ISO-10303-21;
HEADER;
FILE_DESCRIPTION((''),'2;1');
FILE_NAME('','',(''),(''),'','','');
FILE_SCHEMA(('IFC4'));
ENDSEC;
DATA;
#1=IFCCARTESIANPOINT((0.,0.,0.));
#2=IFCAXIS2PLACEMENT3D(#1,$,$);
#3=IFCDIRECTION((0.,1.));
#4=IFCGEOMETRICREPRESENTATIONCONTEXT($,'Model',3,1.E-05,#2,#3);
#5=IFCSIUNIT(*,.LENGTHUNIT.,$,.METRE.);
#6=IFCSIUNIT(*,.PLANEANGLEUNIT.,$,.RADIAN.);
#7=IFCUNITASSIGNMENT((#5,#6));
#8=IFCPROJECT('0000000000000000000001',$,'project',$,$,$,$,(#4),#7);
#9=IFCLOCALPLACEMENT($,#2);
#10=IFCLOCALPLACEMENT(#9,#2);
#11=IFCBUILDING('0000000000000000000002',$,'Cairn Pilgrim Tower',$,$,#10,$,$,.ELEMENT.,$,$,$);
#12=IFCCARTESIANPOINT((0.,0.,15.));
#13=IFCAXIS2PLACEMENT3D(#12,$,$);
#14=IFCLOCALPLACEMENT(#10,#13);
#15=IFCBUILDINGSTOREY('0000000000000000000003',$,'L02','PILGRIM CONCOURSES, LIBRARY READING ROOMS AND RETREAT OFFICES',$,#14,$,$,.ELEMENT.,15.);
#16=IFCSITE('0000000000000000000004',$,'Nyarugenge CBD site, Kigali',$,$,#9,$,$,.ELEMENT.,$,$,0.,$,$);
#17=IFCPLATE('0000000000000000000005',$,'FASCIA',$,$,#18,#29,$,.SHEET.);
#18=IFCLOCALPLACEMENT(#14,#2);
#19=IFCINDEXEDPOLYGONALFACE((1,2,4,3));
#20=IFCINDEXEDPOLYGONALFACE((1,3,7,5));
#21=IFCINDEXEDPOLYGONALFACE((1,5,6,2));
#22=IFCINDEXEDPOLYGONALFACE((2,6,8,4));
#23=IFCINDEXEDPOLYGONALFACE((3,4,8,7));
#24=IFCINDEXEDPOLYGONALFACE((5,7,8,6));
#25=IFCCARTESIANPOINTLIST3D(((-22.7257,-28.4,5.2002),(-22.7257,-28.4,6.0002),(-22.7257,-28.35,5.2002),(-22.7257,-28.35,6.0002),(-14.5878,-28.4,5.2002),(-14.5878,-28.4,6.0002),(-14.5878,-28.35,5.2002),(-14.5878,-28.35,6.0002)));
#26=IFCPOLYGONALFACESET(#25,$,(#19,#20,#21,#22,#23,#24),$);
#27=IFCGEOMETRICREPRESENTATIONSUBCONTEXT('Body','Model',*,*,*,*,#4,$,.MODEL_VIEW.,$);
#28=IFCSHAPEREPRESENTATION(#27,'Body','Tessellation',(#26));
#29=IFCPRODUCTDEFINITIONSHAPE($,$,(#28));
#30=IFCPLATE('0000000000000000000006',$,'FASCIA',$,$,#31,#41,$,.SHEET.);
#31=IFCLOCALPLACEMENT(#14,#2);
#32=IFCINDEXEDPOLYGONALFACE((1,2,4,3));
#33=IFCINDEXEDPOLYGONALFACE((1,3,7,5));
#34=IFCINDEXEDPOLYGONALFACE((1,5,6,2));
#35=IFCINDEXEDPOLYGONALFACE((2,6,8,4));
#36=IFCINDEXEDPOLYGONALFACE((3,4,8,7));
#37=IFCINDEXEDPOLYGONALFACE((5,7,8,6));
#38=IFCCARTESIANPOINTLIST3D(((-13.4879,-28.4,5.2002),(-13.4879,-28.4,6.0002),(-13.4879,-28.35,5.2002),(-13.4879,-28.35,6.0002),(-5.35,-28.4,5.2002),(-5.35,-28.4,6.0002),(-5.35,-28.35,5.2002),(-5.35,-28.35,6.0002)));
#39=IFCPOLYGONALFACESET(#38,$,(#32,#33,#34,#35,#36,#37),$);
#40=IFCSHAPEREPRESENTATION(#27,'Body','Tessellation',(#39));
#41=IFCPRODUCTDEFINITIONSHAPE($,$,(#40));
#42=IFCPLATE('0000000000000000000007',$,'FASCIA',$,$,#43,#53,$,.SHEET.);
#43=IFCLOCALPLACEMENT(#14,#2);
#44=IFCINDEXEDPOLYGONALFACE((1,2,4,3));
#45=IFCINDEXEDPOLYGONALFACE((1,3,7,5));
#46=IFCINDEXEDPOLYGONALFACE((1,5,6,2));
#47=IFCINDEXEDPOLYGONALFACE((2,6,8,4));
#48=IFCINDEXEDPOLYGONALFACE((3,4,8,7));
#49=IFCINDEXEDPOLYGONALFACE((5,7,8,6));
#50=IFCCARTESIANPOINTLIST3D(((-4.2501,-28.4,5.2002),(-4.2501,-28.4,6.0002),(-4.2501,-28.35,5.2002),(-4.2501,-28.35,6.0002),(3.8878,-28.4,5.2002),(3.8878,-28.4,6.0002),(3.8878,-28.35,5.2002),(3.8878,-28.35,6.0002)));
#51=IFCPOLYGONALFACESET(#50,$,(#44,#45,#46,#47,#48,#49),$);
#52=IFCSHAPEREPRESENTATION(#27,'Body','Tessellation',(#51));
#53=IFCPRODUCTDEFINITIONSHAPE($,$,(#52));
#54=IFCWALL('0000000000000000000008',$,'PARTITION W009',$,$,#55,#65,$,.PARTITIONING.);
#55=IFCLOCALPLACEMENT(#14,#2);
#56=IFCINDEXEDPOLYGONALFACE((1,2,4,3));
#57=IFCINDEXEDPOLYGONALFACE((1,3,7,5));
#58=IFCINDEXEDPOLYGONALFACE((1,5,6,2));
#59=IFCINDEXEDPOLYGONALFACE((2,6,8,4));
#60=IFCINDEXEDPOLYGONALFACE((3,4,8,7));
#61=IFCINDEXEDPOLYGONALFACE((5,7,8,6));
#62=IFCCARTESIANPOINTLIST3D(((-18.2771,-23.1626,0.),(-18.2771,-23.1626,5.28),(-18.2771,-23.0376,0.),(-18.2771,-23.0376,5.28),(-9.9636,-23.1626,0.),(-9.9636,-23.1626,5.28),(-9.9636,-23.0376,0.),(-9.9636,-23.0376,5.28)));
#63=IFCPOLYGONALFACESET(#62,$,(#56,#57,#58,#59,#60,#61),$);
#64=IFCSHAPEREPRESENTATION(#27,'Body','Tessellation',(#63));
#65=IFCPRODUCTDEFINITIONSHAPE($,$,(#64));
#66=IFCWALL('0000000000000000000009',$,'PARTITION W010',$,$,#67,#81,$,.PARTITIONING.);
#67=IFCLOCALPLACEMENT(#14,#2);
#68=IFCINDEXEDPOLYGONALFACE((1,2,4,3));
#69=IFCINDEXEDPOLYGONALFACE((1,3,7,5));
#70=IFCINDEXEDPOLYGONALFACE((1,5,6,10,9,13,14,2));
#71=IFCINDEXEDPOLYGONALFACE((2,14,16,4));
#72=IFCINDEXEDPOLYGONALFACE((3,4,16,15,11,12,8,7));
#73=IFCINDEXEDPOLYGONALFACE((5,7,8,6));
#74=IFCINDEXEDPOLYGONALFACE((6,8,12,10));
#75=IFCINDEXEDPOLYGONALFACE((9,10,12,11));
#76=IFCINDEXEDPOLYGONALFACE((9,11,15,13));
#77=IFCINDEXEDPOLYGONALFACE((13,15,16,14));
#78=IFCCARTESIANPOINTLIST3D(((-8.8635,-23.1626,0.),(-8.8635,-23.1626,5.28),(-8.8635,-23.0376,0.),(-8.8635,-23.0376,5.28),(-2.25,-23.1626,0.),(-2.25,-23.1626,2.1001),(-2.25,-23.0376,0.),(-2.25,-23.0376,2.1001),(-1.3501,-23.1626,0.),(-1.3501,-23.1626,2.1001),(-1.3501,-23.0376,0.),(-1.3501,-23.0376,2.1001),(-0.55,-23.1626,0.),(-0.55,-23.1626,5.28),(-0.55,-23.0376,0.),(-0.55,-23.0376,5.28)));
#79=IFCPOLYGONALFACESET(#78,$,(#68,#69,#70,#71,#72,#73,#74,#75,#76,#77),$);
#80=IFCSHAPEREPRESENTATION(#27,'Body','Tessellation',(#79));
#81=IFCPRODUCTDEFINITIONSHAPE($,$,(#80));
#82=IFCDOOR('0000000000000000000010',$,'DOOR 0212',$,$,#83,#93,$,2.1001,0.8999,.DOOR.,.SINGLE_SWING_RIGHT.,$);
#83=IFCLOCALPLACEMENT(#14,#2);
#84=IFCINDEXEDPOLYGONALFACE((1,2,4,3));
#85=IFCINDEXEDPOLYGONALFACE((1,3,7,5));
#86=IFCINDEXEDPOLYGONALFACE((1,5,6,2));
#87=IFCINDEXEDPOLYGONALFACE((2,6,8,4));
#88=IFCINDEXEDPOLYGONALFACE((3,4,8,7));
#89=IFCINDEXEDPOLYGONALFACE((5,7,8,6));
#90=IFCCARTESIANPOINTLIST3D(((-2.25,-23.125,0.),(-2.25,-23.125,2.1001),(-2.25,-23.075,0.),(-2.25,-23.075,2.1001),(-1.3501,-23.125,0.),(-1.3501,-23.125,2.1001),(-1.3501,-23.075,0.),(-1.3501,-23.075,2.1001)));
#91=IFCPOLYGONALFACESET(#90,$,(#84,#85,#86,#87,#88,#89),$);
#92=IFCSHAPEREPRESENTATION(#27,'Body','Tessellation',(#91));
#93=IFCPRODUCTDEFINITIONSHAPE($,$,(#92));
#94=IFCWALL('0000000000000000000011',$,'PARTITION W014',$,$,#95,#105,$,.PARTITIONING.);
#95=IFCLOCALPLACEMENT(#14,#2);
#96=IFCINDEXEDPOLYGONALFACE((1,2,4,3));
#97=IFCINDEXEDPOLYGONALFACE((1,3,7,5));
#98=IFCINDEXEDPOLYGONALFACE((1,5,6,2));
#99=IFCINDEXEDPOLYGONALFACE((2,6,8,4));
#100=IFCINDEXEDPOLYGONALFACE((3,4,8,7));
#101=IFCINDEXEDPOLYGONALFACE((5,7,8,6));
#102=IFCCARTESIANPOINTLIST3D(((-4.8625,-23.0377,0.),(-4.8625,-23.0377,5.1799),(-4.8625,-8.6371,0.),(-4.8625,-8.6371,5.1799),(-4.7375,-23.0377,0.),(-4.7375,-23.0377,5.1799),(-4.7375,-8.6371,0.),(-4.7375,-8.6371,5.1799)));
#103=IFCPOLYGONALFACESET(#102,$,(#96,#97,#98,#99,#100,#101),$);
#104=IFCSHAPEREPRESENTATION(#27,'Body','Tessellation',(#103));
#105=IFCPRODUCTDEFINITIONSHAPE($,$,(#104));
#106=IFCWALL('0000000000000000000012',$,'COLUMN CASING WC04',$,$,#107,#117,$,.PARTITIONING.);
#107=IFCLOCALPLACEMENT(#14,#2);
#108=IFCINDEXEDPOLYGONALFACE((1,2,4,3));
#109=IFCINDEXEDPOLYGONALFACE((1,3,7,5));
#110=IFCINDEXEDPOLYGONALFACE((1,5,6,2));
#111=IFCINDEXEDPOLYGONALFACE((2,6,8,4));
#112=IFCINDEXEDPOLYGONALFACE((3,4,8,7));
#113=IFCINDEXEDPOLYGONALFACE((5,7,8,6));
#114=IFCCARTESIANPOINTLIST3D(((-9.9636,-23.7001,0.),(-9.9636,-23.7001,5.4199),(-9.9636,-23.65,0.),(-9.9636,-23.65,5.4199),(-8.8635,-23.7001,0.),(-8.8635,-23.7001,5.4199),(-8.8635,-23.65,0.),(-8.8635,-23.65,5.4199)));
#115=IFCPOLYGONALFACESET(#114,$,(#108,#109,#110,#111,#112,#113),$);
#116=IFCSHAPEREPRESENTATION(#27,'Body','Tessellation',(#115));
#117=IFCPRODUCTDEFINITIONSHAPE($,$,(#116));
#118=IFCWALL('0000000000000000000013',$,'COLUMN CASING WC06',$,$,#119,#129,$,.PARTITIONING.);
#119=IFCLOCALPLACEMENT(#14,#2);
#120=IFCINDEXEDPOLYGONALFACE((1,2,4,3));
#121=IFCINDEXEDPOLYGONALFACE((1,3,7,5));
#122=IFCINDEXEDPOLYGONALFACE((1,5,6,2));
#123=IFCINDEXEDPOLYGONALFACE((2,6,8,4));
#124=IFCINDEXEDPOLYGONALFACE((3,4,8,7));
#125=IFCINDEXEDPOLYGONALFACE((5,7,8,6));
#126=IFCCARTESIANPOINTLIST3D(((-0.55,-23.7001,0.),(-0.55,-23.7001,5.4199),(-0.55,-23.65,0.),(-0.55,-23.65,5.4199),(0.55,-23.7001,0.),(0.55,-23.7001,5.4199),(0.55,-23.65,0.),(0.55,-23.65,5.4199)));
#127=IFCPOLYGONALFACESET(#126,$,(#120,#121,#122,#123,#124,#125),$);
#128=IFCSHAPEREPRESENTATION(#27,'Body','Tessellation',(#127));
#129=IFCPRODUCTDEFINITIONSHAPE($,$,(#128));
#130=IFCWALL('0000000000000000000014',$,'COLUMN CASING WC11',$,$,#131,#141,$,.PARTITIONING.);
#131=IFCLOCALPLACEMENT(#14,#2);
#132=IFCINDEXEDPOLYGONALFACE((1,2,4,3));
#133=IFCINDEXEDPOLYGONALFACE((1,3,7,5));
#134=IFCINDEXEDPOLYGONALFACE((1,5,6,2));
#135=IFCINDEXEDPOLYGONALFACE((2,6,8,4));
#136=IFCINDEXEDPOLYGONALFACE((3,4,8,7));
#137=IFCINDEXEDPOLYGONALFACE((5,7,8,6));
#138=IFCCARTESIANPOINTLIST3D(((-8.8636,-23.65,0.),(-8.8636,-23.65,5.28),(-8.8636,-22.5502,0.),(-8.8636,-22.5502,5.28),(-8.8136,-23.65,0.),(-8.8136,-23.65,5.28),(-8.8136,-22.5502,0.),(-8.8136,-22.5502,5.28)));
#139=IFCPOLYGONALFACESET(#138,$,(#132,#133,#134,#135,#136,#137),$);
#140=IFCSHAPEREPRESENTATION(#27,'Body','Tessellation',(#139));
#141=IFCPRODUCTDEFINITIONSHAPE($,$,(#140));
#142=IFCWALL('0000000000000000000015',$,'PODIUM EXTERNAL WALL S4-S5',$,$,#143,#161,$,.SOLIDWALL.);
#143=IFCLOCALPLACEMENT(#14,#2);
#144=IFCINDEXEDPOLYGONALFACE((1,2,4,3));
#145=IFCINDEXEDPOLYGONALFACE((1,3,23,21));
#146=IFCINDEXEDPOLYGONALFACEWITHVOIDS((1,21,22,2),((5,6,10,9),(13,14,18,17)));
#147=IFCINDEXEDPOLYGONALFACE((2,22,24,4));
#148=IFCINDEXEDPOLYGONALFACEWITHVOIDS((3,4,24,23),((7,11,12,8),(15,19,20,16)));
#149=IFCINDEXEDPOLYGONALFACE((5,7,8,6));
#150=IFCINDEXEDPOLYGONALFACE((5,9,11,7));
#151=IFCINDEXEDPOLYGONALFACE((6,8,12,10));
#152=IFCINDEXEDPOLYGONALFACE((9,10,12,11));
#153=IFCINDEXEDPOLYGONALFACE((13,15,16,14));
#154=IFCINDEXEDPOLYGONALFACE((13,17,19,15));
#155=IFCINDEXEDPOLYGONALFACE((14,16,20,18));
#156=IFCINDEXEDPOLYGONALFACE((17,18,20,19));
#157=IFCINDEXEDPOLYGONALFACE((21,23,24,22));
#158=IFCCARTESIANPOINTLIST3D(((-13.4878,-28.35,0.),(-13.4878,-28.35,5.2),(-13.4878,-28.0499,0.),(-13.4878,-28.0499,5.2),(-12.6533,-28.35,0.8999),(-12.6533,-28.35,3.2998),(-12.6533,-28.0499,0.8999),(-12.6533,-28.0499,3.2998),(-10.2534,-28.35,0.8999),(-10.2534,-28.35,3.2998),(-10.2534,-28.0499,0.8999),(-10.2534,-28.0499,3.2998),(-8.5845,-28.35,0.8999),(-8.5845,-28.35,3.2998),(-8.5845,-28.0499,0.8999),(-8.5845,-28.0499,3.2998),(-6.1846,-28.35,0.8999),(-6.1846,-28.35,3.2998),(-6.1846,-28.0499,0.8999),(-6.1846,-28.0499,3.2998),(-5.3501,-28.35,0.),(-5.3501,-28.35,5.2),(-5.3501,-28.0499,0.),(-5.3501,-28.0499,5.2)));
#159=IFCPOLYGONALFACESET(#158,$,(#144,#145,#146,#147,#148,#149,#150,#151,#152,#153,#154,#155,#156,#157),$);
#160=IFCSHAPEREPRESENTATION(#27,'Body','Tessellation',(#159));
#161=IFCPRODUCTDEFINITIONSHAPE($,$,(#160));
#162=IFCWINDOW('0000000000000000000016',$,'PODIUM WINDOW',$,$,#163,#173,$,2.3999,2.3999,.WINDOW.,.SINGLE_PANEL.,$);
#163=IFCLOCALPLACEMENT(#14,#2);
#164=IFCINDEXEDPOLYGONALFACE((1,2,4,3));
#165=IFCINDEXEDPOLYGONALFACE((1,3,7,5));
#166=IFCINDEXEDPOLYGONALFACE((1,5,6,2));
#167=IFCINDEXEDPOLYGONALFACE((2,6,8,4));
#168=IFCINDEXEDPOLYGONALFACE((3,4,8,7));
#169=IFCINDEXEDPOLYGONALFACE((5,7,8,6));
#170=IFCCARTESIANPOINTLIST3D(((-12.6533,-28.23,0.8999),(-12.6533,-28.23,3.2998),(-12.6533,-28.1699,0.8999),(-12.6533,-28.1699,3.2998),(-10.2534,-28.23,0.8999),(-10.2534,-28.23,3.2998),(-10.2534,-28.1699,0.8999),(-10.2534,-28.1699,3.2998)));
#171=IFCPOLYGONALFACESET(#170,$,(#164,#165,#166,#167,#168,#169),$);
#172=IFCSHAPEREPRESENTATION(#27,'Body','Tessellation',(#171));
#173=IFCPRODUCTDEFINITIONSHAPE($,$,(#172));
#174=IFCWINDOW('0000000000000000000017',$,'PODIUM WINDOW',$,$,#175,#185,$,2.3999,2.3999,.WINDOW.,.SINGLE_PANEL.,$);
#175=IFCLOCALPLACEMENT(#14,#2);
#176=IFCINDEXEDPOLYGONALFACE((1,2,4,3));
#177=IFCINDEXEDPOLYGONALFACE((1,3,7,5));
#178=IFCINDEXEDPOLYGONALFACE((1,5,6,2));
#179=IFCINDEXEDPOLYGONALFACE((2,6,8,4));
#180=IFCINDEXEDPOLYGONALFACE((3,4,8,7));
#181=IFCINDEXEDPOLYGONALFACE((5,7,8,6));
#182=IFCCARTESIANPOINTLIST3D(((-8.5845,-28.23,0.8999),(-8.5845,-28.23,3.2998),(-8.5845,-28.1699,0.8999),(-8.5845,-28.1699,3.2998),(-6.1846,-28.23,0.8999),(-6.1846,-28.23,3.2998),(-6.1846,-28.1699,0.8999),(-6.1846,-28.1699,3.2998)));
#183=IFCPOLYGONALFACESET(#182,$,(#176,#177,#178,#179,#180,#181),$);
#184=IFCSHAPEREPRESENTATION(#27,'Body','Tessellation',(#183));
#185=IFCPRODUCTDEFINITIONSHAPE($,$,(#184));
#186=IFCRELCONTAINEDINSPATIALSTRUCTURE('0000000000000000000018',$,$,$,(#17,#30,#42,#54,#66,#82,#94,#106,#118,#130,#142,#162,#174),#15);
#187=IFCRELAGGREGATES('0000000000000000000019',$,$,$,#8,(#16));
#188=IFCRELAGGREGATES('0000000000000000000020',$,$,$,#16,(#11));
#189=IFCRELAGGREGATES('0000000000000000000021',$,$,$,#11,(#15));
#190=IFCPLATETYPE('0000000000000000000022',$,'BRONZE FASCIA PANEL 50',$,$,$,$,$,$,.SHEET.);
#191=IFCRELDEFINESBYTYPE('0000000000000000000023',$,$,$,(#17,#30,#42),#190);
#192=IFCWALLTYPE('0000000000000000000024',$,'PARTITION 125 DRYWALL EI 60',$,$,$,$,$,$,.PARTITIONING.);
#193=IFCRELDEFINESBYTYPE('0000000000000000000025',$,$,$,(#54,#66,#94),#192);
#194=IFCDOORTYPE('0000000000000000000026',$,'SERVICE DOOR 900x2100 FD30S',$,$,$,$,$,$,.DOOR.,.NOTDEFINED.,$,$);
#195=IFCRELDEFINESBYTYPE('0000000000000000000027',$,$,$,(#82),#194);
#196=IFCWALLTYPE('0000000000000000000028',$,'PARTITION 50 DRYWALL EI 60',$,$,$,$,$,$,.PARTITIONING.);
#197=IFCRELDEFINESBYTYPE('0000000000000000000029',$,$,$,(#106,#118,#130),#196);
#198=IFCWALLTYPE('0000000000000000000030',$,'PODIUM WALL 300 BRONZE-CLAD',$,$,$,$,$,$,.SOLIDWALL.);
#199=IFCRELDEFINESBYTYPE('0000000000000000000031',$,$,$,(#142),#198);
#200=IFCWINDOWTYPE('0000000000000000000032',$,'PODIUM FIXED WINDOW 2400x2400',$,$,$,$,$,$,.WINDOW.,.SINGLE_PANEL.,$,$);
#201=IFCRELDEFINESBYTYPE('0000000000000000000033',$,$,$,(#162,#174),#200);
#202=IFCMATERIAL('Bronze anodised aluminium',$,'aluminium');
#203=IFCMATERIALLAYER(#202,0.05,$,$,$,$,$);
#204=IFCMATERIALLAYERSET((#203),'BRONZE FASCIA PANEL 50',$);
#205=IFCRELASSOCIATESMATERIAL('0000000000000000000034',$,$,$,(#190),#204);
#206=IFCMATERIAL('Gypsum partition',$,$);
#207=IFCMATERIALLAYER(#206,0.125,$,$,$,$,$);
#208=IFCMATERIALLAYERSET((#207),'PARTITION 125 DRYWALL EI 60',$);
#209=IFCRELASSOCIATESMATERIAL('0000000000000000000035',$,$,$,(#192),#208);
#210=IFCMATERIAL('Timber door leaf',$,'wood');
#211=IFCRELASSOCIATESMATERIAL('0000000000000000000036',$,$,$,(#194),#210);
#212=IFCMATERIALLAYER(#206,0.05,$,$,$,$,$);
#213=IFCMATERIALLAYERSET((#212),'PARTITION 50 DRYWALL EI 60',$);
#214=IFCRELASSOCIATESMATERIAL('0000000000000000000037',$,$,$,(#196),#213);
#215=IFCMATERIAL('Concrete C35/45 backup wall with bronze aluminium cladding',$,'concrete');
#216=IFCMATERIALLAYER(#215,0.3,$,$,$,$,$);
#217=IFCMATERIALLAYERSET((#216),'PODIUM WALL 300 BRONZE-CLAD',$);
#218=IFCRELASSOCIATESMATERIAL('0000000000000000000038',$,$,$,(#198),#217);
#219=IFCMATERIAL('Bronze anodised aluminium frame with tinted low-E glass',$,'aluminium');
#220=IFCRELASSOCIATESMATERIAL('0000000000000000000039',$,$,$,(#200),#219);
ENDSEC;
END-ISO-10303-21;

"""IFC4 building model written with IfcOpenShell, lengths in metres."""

from ifc_helpers import new_model, si_unit, direction, frame, frame_2d, origin, origin_2d, place, context, subcontext, project, spatial, rectangle, extrude, material, layer, layer_set, type_object, element, fill, save


model = new_model("IFC4")

# Units and contexts
model_context = context("Model", 3, precision=1e-05, world=origin(), true_north=direction((0.0, 1.0)))
body_context = subcontext(model_context, "Body", "Model", "MODEL_VIEW")
ifc_project = project(units=[si_unit("LENGTHUNIT", "METRE"), si_unit("PLANEANGLEUNIT", "RADIAN")], contexts=[model_context])

# Site, building, storey
site_placement = place(None, origin())
site = spatial("IfcSite", under=ifc_project, at=site_placement, Name="Nyarugenge CBD site, Kigali", CompositionType="ELEMENT", RefElevation=0.0)
building_placement = place(site_placement, origin())
building = spatial("IfcBuilding", under=site, at=building_placement, Name="Cairn Pilgrim Tower", CompositionType="ELEMENT")
storey_placement = place(building_placement, frame((0.0, 0.0, 15.0)))
storey = spatial("IfcBuildingStorey", under=building, at=storey_placement, Name="L02", Description="PILGRIM CONCOURSES, LIBRARY READING ROOMS AND RETREAT OFFICES", CompositionType="ELEMENT", Elevation=15.0)

# Plates
ifc_material_1 = material(Name="Bronze anodised aluminium", Category="aluminium")
ifc_layer_1 = layer(ifc_material_1, 0.05)
ifc_layer_set_1 = layer_set([ifc_layer_1], Name="BRONZE FASCIA PANEL 50")
plate_type = type_object("IfcPlateType", Name="BRONZE FASCIA PANEL 50", PredefinedType="SHEET", material=ifc_layer_set_1)
for number, where, z_axis, x_axis, name in (
    (1, (-18.6567, -28.375, 5.2002), (0.0, 0.0, 1.0), (1.0, 0.0, 0.0), "FASCIA"),
    (2, (-9.4189, -28.375, 5.2002), (0.0, 0.0, 1.0), (1.0, 0.0, 0.0), "FASCIA"),
    (3, (-0.1812, -28.375, 5.2002), (0.0, 0.0, 1.0), (1.0, 0.0, 0.0), "FASCIA"),
):
    element("IfcPlate", number, at=place(storey_placement, frame(where, z_axis=z_axis, x_axis=x_axis)), inside=storey, type_object=plate_type, Name=name, PredefinedType="SHEET", context=body_context, shape_type="SweptSolid", body=[
        extrude(rectangle(XDim=8.1379, YDim=0.05, at=origin_2d()), origin(), (0.0, 0.0, 1.0), 0.8),
    ])

# Wall
ifc_material_2 = material(Name="Gypsum partition")
ifc_layer_2 = layer(ifc_material_2, 0.125)
ifc_layer_set_2 = layer_set([ifc_layer_2], Name="PARTITION 125 DRYWALL EI 60")
wall_type_1 = type_object("IfcWallType", Name="PARTITION 125 DRYWALL EI 60", PredefinedType="PARTITIONING", material=ifc_layer_set_2)
wall_1_placement = place(storey_placement, frame((-18.2771, -23.1001, 0.0), z_axis=(0.0, 0.0, 1.0), x_axis=(1.0, 0.0, 0.0)))
element("IfcWall", 4, at=wall_1_placement, inside=storey, type_object=wall_type_1, Name="PARTITION W009", PredefinedType="PARTITIONING", context=body_context, shape_type="SweptSolid", body=[
    extrude(rectangle(XDim=8.3135, YDim=0.125, at=frame_2d((4.1567, 0.0))), origin(), (0.0, 0.0, 1.0), 5.28),
])

# Wall, opening, door
wall_2_placement = place(storey_placement, frame((-8.8635, -23.1001, 0.0), z_axis=(0.0, 0.0, 1.0), x_axis=(1.0, 0.0, 0.0)))
wall_2 = element("IfcWall", 5, at=wall_2_placement, inside=storey, type_object=wall_type_1, Name="PARTITION W010", PredefinedType="PARTITIONING", context=body_context, shape_type="SweptSolid", body=[
    extrude(rectangle(XDim=8.3135, YDim=0.125, at=frame_2d((4.1567, 0.0))), origin(), (0.0, 0.0, 1.0), 5.28),
])
opening_1_placement = place(wall_2_placement, frame((6.6135, 0.0, 0.0)))
opening_1 = element("IfcOpeningElement", 6, at=opening_1_placement, cuts=wall_2, PredefinedType="OPENING", context=body_context, shape_type="SweptSolid", body=[
    extrude(rectangle(XDim=0.8999, YDim=2.1001, at=frame_2d((0.45, 1.05))), frame((0.0, 0.0725, 0.0), z_axis=(0.0, -1.0, 0.0), x_axis=(1.0, 0.0, 0.0)), (0.0, 0.0, 1.0), 0.145),
])
ifc_material_3 = material(Name="Timber door leaf", Category="wood")
door_type = type_object("IfcDoorType", Name="SERVICE DOOR 900x2100 FD30S", OperationType="NOTDEFINED", PredefinedType="DOOR", material=ifc_material_3)
door_placement = place(opening_1_placement, frame((0.8999, 0.0, 0.0), z_axis=(0.0, 0.0, 1.0), x_axis=(-1.0, 0.0, 0.0)))
door = element("IfcDoor", 7, at=door_placement, inside=storey, type_object=door_type, Name="DOOR 0212", OperationType="SINGLE_SWING_RIGHT", OverallHeight=2.1001, OverallWidth=0.8999, PredefinedType="DOOR", context=body_context, shape_type="SweptSolid", body=[
    extrude(rectangle(XDim=0.8999, YDim=2.1001, at=frame_2d((0.45, 1.05))), frame((0.0, 0.0249, 0.0), z_axis=(0.0, -1.0, 0.0), x_axis=(1.0, 0.0, 0.0)), (0.0, 0.0, 1.0), 0.05),
])
fill(opening_1, door)

# Walls
wall_3_placement = place(storey_placement, frame((-4.8, -23.0376, 0.0), z_axis=(0.0, 0.0, 1.0), x_axis=(0.0, 1.0, 0.0)))
element("IfcWall", 8, at=wall_3_placement, inside=storey, type_object=wall_type_1, Name="PARTITION W014", PredefinedType="PARTITIONING", context=body_context, shape_type="SweptSolid", body=[
    extrude(rectangle(XDim=14.4006, YDim=0.125, at=frame_2d((7.2002, 0.0))), origin(), (0.0, 0.0, 1.0), 5.1799),
])
ifc_layer_3 = layer(ifc_material_2, 0.05)
ifc_layer_set_3 = layer_set([ifc_layer_3], Name="PARTITION 50 DRYWALL EI 60")
wall_type_2 = type_object("IfcWallType", Name="PARTITION 50 DRYWALL EI 60", PredefinedType="PARTITIONING", material=ifc_layer_set_3)
for number, where, z_axis, x_axis, name in (
    (9, (-9.9636, -23.675, 0.0), (0.0, 0.0, 1.0), (1.0, 0.0, 0.0), "COLUMN CASING WC04"),
    (10, (-0.55, -23.675, 0.0), (0.0, 0.0, 1.0), (1.0, 0.0, 0.0), "COLUMN CASING WC06"),
):
    element("IfcWall", number, at=place(storey_placement, frame(where, z_axis=z_axis, x_axis=x_axis)), inside=storey, type_object=wall_type_2, Name=name, PredefinedType="PARTITIONING", context=body_context, shape_type="SweptSolid", body=[
        extrude(rectangle(XDim=1.1001, YDim=0.05, at=frame_2d((0.55, 0.0))), origin(), (0.0, 0.0, 1.0), 5.4199),
    ])
wall_4_placement = place(storey_placement, frame((-8.8386, -23.6499, 0.0), z_axis=(0.0, 0.0, 1.0), x_axis=(0.0, 1.0, 0.0)))
element("IfcWall", 11, at=wall_4_placement, inside=storey, type_object=wall_type_2, Name="COLUMN CASING WC11", PredefinedType="PARTITIONING", context=body_context, shape_type="SweptSolid", body=[
    extrude(rectangle(XDim=1.0999, YDim=0.05, at=frame_2d((0.5498, 0.0))), origin(), (0.0, 0.0, 1.0), 5.28),
])

# Wall, openings, windows
ifc_material_4 = material(Name="Concrete C35/45 backup wall with bronze aluminium cladding", Category="concrete")
ifc_layer_4 = layer(ifc_material_4, 0.3)
ifc_layer_set_4 = layer_set([ifc_layer_4], Name="PODIUM WALL 300 BRONZE-CLAD")
wall_type_3 = type_object("IfcWallType", Name="PODIUM WALL 300 BRONZE-CLAD", PredefinedType="SOLIDWALL", material=ifc_layer_set_4)
wall_5_placement = place(storey_placement, frame((-13.4878, -28.2, 0.0), z_axis=(0.0, 0.0, 1.0), x_axis=(1.0, 0.0, 0.0)))
wall_5 = element("IfcWall", 12, at=wall_5_placement, inside=storey, type_object=wall_type_3, Name="PODIUM EXTERNAL WALL S4-S5", PredefinedType="SOLIDWALL", context=body_context, shape_type="SweptSolid", body=[
    extrude(rectangle(XDim=8.1377, YDim=0.3, at=frame_2d((4.0688, 0.0))), origin(), (0.0, 0.0, 1.0), 5.2),
])
opening_2_placement = place(wall_5_placement, frame((0.8345, 0.0, 0.8999)))
opening_2 = element("IfcOpeningElement", 13, at=opening_2_placement, cuts=wall_5, PredefinedType="OPENING", context=body_context, shape_type="SweptSolid", body=[
    extrude(rectangle(XDim=2.3999, YDim=2.3999, at=frame_2d((1.2, 1.2))), frame((0.0, 0.1602, 0.0), z_axis=(0.0, -1.0, 0.0), x_axis=(1.0, 0.0, 0.0)), (0.0, 0.0, 1.0), 0.3201),
])
opening_3_placement = place(wall_5_placement, frame((4.9033, 0.0, 0.8999)))
opening_3 = element("IfcOpeningElement", 14, at=opening_3_placement, cuts=wall_5, PredefinedType="OPENING", context=body_context, shape_type="SweptSolid", body=[
    extrude(rectangle(XDim=2.3999, YDim=2.3999, at=frame_2d((1.2, 1.2))), frame((0.0, 0.1602, 0.0), z_axis=(0.0, -1.0, 0.0), x_axis=(1.0, 0.0, 0.0)), (0.0, 0.0, 1.0), 0.3201),
])
ifc_material_5 = material(Name="Bronze anodised aluminium frame with tinted low-E glass", Category="aluminium")
window_type = type_object("IfcWindowType", Name="PODIUM FIXED WINDOW 2400x2400", PartitioningType="SINGLE_PANEL", PredefinedType="WINDOW", material=ifc_material_5)
window_1_placement = place(opening_2_placement, origin())
window_1 = element("IfcWindow", 15, at=window_1_placement, inside=storey, type_object=window_type, Name="PODIUM WINDOW", OverallHeight=2.3999, OverallWidth=2.3999, PartitioningType="SINGLE_PANEL", PredefinedType="WINDOW", context=body_context, shape_type="SweptSolid", body=[
    extrude(rectangle(XDim=2.3999, YDim=2.3999, at=frame_2d((1.2, 1.2))), frame((0.0, 0.03, 0.0), z_axis=(0.0, -1.0, 0.0), x_axis=(1.0, 0.0, 0.0)), (0.0, 0.0, 1.0), 0.0601),
])
fill(opening_2, window_1)
window_2_placement = place(opening_3_placement, origin())
window_2 = element("IfcWindow", 16, at=window_2_placement, inside=storey, type_object=window_type, Name="PODIUM WINDOW", OverallHeight=2.3999, OverallWidth=2.3999, PartitioningType="SINGLE_PANEL", PredefinedType="WINDOW", context=body_context, shape_type="SweptSolid", body=[
    extrude(rectangle(XDim=2.3999, YDim=2.3999, at=frame_2d((1.2, 1.2))), frame((0.0, 0.03, 0.0), z_axis=(0.0, -1.0, 0.0), x_axis=(1.0, 0.0, 0.0)), (0.0, 0.0, 1.0), 0.0601),
])
fill(opening_3, window_2)

save(model, "model.ifc")
